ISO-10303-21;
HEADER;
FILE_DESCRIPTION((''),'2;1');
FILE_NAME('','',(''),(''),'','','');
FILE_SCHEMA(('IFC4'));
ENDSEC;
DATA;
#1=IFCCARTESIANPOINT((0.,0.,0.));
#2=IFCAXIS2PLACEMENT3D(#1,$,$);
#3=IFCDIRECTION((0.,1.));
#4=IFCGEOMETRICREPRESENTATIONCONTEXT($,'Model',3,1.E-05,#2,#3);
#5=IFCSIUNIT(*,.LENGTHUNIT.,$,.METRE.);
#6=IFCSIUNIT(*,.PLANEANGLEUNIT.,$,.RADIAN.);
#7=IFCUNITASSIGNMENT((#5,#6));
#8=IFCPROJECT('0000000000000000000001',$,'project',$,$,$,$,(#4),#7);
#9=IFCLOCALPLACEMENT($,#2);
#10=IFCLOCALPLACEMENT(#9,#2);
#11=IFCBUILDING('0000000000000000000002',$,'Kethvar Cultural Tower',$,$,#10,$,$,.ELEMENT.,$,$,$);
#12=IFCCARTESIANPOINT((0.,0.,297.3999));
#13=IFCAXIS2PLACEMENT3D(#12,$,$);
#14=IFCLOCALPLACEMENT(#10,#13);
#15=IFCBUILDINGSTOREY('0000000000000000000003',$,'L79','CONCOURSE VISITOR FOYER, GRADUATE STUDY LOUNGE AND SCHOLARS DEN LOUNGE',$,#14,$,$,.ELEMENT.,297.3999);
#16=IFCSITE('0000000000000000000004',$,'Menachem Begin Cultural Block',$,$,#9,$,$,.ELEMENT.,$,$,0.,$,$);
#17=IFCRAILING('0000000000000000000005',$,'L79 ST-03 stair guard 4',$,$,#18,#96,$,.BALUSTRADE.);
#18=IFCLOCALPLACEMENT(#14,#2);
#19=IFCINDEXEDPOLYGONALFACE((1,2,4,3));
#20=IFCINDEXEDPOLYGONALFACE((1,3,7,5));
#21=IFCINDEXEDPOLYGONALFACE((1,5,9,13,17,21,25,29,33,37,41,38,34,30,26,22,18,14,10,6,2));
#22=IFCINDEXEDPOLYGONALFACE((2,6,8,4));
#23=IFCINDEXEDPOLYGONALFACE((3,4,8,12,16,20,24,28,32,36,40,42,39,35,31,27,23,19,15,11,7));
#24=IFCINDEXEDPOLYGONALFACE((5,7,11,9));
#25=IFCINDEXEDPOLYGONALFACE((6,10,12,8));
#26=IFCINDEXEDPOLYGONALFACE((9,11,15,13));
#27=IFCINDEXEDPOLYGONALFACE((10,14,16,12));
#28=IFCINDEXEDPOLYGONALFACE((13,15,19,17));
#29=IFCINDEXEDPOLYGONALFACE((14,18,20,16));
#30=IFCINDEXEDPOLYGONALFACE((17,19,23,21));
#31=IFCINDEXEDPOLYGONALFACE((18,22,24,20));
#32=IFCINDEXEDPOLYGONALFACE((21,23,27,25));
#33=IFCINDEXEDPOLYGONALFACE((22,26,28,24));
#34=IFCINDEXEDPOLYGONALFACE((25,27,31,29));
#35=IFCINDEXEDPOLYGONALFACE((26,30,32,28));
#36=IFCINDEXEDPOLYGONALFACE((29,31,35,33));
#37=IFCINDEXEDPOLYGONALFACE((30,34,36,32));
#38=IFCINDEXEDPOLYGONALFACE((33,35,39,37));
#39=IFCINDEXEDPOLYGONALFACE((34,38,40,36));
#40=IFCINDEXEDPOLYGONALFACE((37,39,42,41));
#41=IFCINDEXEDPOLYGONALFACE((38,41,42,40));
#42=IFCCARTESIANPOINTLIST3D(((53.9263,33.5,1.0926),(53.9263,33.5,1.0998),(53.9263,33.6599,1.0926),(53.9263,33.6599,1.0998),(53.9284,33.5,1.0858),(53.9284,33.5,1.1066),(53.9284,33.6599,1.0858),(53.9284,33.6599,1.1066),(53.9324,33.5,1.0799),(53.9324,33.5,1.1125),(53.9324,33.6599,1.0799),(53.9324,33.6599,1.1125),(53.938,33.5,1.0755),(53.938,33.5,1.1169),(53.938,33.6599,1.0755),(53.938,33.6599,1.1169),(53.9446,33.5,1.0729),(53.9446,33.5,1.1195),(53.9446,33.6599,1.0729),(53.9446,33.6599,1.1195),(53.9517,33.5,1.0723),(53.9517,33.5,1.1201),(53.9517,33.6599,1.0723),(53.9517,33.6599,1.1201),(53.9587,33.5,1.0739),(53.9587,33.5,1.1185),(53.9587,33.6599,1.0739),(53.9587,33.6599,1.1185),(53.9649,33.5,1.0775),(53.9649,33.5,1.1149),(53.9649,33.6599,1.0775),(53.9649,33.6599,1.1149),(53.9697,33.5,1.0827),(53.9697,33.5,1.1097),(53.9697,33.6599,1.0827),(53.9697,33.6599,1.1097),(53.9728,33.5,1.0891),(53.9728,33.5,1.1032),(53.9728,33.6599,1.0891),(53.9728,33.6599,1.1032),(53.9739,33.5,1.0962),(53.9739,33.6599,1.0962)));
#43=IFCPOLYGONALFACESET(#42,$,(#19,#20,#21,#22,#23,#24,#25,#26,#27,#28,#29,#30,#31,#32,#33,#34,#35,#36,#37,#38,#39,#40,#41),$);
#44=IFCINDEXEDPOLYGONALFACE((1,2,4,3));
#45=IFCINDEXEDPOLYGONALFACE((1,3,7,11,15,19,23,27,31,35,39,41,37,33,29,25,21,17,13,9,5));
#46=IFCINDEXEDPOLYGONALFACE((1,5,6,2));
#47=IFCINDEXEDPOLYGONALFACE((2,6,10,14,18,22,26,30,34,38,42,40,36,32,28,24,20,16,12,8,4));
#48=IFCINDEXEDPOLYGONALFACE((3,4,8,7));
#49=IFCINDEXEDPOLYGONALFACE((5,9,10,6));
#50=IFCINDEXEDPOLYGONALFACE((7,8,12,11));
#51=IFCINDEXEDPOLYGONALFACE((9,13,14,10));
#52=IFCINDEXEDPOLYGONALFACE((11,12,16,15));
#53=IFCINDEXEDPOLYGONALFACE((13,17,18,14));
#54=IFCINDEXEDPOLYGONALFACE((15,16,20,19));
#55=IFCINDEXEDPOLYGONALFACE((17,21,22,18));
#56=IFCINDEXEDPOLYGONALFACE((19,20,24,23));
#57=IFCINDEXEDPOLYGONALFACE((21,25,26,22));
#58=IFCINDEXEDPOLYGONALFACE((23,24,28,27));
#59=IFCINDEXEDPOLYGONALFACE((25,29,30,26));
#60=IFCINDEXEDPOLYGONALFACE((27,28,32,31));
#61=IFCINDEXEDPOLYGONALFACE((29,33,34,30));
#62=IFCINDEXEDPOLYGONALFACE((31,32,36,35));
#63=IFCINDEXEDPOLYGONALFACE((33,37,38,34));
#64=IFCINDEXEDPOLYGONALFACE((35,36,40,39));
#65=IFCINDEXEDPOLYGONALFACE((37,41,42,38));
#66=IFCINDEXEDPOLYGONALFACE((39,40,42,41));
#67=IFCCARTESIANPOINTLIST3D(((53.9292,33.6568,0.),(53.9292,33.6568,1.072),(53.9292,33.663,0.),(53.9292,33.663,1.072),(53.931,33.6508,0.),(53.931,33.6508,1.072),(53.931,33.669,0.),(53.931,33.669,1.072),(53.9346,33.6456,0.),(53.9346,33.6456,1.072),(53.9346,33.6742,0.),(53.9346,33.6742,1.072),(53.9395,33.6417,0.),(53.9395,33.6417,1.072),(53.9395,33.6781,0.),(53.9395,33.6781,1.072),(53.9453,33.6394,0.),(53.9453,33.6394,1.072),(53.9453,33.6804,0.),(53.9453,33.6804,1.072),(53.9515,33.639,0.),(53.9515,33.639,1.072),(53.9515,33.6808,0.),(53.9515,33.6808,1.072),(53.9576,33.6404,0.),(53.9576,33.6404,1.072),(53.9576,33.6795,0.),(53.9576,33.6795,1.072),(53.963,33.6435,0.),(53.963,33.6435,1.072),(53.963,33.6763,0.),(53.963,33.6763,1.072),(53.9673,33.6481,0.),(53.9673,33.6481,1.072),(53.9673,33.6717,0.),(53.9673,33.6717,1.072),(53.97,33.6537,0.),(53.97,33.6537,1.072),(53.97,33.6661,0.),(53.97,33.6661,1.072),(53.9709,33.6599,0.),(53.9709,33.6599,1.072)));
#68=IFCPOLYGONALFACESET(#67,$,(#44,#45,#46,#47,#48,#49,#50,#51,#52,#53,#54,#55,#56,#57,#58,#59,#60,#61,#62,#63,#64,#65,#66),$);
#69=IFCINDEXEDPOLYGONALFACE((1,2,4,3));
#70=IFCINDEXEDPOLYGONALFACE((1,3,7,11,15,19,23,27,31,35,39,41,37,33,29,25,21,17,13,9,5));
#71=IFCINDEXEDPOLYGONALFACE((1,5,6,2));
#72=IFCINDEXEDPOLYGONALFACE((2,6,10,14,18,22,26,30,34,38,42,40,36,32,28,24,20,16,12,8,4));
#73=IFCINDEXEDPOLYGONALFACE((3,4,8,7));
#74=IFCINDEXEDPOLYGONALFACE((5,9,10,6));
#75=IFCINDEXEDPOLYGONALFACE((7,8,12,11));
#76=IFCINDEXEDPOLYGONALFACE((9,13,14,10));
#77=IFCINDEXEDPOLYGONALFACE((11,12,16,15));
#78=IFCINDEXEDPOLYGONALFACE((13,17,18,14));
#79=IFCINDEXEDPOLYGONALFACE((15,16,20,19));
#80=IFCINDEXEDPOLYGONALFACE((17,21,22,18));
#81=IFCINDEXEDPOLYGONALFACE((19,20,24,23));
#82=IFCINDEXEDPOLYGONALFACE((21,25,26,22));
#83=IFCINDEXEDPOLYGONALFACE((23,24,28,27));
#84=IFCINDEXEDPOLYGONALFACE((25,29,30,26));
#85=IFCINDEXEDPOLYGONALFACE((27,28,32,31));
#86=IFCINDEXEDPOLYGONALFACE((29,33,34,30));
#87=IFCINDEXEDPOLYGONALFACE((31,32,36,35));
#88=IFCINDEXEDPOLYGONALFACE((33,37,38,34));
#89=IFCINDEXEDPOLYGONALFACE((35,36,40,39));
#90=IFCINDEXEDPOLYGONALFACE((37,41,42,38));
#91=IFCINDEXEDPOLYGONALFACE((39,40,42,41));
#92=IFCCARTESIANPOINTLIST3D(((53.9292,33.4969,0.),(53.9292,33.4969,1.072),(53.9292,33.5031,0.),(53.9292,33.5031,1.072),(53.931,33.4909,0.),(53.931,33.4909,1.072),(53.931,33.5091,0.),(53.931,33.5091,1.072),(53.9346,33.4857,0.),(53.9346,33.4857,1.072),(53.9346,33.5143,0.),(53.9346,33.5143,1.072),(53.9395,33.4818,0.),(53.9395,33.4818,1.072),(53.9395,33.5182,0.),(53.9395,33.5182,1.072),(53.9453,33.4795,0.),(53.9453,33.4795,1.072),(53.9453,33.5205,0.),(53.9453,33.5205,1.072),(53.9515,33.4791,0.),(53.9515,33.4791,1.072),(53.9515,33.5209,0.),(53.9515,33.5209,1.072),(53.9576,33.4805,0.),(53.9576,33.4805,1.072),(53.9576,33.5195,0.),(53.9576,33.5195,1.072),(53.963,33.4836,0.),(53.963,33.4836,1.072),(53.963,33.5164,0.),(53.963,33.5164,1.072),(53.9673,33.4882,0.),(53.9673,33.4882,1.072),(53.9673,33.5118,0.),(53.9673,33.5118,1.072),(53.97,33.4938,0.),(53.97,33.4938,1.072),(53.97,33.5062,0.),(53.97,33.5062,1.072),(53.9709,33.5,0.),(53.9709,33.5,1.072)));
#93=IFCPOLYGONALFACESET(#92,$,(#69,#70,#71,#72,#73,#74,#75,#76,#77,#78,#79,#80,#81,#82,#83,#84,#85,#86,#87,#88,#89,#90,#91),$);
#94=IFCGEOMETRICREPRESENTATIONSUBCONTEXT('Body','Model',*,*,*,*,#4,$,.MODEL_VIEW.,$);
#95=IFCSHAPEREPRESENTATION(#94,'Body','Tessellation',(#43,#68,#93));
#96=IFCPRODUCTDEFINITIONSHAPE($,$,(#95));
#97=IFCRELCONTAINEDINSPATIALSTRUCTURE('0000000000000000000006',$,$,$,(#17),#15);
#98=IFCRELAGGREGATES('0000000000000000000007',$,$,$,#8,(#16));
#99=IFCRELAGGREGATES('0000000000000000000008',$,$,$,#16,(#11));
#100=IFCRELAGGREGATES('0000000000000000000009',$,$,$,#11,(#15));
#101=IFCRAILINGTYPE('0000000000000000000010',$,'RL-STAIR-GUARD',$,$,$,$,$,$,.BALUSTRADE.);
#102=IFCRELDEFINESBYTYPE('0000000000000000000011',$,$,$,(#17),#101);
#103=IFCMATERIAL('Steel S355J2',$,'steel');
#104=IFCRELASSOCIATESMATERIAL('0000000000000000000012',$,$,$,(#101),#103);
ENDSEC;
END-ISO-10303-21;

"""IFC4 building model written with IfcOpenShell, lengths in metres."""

from ifc_helpers import new_model, si_unit, direction, frame, origin, origin_2d, place, context, subcontext, project, spatial, circle, extrude, material, type_object, element, save


model = new_model("IFC4")

# Units and contexts
model_context = context("Model", 3, precision=1e-05, world=origin(), true_north=direction((0.0, 1.0)))
body_context = subcontext(model_context, "Body", "Model", "MODEL_VIEW")
ifc_project = project(units=[si_unit("LENGTHUNIT", "METRE"), si_unit("PLANEANGLEUNIT", "RADIAN")], contexts=[model_context])

# Site, building, storey
site_placement = place(None, origin())
site = spatial("IfcSite", under=ifc_project, at=site_placement, Name="Menachem Begin Cultural Block", CompositionType="ELEMENT", RefElevation=0.0)
building_placement = place(site_placement, origin())
building = spatial("IfcBuilding", under=site, at=building_placement, Name="Kethvar Cultural Tower", CompositionType="ELEMENT")
storey_placement = place(building_placement, frame((0.0, 0.0, 297.3999)))
storey = spatial("IfcBuildingStorey", under=building, at=storey_placement, Name="L79", Description="CONCOURSE VISITOR FOYER, GRADUATE STUDY LOUNGE AND SCHOLARS DEN LOUNGE", CompositionType="ELEMENT", Elevation=297.3999)

# Shared definitions
ifc_material_1 = material(Name="Steel S355J2", Category="steel")

# Railing
railing_type_1 = type_object("IfcRailingType", Name="RL-STAIR-GUARD", PredefinedType="BALUSTRADE", material=ifc_material_1)
railing_1_placement = place(storey_placement, frame((53.95, 33.6599, 0.0)))
element("IfcRailing", 1, at=railing_1_placement, inside=storey, type_object=railing_type_1, Name="L79 ST-03 stair guard 4", PredefinedType="BALUSTRADE", context=body_context, shape_type="SweptSolid", body=[
    extrude(circle(Radius=0.0239, at=origin_2d()), frame((0.0, 0.0, 1.0962), z_axis=(0.0, -1.0, 0.0), x_axis=(1.0, 0.0, 0.0)), (0.0, 0.0, 1.0), 0.1599),
    extrude(circle(Radius=0.021, at=origin_2d()), origin(), (0.0, 0.0, 1.0), 1.072),
    extrude(circle(Radius=0.021, at=origin_2d()), frame((0.0, -0.1599, 0.0)), (0.0, 0.0, 1.0), 1.072),
])

save(model, "model.ifc")
